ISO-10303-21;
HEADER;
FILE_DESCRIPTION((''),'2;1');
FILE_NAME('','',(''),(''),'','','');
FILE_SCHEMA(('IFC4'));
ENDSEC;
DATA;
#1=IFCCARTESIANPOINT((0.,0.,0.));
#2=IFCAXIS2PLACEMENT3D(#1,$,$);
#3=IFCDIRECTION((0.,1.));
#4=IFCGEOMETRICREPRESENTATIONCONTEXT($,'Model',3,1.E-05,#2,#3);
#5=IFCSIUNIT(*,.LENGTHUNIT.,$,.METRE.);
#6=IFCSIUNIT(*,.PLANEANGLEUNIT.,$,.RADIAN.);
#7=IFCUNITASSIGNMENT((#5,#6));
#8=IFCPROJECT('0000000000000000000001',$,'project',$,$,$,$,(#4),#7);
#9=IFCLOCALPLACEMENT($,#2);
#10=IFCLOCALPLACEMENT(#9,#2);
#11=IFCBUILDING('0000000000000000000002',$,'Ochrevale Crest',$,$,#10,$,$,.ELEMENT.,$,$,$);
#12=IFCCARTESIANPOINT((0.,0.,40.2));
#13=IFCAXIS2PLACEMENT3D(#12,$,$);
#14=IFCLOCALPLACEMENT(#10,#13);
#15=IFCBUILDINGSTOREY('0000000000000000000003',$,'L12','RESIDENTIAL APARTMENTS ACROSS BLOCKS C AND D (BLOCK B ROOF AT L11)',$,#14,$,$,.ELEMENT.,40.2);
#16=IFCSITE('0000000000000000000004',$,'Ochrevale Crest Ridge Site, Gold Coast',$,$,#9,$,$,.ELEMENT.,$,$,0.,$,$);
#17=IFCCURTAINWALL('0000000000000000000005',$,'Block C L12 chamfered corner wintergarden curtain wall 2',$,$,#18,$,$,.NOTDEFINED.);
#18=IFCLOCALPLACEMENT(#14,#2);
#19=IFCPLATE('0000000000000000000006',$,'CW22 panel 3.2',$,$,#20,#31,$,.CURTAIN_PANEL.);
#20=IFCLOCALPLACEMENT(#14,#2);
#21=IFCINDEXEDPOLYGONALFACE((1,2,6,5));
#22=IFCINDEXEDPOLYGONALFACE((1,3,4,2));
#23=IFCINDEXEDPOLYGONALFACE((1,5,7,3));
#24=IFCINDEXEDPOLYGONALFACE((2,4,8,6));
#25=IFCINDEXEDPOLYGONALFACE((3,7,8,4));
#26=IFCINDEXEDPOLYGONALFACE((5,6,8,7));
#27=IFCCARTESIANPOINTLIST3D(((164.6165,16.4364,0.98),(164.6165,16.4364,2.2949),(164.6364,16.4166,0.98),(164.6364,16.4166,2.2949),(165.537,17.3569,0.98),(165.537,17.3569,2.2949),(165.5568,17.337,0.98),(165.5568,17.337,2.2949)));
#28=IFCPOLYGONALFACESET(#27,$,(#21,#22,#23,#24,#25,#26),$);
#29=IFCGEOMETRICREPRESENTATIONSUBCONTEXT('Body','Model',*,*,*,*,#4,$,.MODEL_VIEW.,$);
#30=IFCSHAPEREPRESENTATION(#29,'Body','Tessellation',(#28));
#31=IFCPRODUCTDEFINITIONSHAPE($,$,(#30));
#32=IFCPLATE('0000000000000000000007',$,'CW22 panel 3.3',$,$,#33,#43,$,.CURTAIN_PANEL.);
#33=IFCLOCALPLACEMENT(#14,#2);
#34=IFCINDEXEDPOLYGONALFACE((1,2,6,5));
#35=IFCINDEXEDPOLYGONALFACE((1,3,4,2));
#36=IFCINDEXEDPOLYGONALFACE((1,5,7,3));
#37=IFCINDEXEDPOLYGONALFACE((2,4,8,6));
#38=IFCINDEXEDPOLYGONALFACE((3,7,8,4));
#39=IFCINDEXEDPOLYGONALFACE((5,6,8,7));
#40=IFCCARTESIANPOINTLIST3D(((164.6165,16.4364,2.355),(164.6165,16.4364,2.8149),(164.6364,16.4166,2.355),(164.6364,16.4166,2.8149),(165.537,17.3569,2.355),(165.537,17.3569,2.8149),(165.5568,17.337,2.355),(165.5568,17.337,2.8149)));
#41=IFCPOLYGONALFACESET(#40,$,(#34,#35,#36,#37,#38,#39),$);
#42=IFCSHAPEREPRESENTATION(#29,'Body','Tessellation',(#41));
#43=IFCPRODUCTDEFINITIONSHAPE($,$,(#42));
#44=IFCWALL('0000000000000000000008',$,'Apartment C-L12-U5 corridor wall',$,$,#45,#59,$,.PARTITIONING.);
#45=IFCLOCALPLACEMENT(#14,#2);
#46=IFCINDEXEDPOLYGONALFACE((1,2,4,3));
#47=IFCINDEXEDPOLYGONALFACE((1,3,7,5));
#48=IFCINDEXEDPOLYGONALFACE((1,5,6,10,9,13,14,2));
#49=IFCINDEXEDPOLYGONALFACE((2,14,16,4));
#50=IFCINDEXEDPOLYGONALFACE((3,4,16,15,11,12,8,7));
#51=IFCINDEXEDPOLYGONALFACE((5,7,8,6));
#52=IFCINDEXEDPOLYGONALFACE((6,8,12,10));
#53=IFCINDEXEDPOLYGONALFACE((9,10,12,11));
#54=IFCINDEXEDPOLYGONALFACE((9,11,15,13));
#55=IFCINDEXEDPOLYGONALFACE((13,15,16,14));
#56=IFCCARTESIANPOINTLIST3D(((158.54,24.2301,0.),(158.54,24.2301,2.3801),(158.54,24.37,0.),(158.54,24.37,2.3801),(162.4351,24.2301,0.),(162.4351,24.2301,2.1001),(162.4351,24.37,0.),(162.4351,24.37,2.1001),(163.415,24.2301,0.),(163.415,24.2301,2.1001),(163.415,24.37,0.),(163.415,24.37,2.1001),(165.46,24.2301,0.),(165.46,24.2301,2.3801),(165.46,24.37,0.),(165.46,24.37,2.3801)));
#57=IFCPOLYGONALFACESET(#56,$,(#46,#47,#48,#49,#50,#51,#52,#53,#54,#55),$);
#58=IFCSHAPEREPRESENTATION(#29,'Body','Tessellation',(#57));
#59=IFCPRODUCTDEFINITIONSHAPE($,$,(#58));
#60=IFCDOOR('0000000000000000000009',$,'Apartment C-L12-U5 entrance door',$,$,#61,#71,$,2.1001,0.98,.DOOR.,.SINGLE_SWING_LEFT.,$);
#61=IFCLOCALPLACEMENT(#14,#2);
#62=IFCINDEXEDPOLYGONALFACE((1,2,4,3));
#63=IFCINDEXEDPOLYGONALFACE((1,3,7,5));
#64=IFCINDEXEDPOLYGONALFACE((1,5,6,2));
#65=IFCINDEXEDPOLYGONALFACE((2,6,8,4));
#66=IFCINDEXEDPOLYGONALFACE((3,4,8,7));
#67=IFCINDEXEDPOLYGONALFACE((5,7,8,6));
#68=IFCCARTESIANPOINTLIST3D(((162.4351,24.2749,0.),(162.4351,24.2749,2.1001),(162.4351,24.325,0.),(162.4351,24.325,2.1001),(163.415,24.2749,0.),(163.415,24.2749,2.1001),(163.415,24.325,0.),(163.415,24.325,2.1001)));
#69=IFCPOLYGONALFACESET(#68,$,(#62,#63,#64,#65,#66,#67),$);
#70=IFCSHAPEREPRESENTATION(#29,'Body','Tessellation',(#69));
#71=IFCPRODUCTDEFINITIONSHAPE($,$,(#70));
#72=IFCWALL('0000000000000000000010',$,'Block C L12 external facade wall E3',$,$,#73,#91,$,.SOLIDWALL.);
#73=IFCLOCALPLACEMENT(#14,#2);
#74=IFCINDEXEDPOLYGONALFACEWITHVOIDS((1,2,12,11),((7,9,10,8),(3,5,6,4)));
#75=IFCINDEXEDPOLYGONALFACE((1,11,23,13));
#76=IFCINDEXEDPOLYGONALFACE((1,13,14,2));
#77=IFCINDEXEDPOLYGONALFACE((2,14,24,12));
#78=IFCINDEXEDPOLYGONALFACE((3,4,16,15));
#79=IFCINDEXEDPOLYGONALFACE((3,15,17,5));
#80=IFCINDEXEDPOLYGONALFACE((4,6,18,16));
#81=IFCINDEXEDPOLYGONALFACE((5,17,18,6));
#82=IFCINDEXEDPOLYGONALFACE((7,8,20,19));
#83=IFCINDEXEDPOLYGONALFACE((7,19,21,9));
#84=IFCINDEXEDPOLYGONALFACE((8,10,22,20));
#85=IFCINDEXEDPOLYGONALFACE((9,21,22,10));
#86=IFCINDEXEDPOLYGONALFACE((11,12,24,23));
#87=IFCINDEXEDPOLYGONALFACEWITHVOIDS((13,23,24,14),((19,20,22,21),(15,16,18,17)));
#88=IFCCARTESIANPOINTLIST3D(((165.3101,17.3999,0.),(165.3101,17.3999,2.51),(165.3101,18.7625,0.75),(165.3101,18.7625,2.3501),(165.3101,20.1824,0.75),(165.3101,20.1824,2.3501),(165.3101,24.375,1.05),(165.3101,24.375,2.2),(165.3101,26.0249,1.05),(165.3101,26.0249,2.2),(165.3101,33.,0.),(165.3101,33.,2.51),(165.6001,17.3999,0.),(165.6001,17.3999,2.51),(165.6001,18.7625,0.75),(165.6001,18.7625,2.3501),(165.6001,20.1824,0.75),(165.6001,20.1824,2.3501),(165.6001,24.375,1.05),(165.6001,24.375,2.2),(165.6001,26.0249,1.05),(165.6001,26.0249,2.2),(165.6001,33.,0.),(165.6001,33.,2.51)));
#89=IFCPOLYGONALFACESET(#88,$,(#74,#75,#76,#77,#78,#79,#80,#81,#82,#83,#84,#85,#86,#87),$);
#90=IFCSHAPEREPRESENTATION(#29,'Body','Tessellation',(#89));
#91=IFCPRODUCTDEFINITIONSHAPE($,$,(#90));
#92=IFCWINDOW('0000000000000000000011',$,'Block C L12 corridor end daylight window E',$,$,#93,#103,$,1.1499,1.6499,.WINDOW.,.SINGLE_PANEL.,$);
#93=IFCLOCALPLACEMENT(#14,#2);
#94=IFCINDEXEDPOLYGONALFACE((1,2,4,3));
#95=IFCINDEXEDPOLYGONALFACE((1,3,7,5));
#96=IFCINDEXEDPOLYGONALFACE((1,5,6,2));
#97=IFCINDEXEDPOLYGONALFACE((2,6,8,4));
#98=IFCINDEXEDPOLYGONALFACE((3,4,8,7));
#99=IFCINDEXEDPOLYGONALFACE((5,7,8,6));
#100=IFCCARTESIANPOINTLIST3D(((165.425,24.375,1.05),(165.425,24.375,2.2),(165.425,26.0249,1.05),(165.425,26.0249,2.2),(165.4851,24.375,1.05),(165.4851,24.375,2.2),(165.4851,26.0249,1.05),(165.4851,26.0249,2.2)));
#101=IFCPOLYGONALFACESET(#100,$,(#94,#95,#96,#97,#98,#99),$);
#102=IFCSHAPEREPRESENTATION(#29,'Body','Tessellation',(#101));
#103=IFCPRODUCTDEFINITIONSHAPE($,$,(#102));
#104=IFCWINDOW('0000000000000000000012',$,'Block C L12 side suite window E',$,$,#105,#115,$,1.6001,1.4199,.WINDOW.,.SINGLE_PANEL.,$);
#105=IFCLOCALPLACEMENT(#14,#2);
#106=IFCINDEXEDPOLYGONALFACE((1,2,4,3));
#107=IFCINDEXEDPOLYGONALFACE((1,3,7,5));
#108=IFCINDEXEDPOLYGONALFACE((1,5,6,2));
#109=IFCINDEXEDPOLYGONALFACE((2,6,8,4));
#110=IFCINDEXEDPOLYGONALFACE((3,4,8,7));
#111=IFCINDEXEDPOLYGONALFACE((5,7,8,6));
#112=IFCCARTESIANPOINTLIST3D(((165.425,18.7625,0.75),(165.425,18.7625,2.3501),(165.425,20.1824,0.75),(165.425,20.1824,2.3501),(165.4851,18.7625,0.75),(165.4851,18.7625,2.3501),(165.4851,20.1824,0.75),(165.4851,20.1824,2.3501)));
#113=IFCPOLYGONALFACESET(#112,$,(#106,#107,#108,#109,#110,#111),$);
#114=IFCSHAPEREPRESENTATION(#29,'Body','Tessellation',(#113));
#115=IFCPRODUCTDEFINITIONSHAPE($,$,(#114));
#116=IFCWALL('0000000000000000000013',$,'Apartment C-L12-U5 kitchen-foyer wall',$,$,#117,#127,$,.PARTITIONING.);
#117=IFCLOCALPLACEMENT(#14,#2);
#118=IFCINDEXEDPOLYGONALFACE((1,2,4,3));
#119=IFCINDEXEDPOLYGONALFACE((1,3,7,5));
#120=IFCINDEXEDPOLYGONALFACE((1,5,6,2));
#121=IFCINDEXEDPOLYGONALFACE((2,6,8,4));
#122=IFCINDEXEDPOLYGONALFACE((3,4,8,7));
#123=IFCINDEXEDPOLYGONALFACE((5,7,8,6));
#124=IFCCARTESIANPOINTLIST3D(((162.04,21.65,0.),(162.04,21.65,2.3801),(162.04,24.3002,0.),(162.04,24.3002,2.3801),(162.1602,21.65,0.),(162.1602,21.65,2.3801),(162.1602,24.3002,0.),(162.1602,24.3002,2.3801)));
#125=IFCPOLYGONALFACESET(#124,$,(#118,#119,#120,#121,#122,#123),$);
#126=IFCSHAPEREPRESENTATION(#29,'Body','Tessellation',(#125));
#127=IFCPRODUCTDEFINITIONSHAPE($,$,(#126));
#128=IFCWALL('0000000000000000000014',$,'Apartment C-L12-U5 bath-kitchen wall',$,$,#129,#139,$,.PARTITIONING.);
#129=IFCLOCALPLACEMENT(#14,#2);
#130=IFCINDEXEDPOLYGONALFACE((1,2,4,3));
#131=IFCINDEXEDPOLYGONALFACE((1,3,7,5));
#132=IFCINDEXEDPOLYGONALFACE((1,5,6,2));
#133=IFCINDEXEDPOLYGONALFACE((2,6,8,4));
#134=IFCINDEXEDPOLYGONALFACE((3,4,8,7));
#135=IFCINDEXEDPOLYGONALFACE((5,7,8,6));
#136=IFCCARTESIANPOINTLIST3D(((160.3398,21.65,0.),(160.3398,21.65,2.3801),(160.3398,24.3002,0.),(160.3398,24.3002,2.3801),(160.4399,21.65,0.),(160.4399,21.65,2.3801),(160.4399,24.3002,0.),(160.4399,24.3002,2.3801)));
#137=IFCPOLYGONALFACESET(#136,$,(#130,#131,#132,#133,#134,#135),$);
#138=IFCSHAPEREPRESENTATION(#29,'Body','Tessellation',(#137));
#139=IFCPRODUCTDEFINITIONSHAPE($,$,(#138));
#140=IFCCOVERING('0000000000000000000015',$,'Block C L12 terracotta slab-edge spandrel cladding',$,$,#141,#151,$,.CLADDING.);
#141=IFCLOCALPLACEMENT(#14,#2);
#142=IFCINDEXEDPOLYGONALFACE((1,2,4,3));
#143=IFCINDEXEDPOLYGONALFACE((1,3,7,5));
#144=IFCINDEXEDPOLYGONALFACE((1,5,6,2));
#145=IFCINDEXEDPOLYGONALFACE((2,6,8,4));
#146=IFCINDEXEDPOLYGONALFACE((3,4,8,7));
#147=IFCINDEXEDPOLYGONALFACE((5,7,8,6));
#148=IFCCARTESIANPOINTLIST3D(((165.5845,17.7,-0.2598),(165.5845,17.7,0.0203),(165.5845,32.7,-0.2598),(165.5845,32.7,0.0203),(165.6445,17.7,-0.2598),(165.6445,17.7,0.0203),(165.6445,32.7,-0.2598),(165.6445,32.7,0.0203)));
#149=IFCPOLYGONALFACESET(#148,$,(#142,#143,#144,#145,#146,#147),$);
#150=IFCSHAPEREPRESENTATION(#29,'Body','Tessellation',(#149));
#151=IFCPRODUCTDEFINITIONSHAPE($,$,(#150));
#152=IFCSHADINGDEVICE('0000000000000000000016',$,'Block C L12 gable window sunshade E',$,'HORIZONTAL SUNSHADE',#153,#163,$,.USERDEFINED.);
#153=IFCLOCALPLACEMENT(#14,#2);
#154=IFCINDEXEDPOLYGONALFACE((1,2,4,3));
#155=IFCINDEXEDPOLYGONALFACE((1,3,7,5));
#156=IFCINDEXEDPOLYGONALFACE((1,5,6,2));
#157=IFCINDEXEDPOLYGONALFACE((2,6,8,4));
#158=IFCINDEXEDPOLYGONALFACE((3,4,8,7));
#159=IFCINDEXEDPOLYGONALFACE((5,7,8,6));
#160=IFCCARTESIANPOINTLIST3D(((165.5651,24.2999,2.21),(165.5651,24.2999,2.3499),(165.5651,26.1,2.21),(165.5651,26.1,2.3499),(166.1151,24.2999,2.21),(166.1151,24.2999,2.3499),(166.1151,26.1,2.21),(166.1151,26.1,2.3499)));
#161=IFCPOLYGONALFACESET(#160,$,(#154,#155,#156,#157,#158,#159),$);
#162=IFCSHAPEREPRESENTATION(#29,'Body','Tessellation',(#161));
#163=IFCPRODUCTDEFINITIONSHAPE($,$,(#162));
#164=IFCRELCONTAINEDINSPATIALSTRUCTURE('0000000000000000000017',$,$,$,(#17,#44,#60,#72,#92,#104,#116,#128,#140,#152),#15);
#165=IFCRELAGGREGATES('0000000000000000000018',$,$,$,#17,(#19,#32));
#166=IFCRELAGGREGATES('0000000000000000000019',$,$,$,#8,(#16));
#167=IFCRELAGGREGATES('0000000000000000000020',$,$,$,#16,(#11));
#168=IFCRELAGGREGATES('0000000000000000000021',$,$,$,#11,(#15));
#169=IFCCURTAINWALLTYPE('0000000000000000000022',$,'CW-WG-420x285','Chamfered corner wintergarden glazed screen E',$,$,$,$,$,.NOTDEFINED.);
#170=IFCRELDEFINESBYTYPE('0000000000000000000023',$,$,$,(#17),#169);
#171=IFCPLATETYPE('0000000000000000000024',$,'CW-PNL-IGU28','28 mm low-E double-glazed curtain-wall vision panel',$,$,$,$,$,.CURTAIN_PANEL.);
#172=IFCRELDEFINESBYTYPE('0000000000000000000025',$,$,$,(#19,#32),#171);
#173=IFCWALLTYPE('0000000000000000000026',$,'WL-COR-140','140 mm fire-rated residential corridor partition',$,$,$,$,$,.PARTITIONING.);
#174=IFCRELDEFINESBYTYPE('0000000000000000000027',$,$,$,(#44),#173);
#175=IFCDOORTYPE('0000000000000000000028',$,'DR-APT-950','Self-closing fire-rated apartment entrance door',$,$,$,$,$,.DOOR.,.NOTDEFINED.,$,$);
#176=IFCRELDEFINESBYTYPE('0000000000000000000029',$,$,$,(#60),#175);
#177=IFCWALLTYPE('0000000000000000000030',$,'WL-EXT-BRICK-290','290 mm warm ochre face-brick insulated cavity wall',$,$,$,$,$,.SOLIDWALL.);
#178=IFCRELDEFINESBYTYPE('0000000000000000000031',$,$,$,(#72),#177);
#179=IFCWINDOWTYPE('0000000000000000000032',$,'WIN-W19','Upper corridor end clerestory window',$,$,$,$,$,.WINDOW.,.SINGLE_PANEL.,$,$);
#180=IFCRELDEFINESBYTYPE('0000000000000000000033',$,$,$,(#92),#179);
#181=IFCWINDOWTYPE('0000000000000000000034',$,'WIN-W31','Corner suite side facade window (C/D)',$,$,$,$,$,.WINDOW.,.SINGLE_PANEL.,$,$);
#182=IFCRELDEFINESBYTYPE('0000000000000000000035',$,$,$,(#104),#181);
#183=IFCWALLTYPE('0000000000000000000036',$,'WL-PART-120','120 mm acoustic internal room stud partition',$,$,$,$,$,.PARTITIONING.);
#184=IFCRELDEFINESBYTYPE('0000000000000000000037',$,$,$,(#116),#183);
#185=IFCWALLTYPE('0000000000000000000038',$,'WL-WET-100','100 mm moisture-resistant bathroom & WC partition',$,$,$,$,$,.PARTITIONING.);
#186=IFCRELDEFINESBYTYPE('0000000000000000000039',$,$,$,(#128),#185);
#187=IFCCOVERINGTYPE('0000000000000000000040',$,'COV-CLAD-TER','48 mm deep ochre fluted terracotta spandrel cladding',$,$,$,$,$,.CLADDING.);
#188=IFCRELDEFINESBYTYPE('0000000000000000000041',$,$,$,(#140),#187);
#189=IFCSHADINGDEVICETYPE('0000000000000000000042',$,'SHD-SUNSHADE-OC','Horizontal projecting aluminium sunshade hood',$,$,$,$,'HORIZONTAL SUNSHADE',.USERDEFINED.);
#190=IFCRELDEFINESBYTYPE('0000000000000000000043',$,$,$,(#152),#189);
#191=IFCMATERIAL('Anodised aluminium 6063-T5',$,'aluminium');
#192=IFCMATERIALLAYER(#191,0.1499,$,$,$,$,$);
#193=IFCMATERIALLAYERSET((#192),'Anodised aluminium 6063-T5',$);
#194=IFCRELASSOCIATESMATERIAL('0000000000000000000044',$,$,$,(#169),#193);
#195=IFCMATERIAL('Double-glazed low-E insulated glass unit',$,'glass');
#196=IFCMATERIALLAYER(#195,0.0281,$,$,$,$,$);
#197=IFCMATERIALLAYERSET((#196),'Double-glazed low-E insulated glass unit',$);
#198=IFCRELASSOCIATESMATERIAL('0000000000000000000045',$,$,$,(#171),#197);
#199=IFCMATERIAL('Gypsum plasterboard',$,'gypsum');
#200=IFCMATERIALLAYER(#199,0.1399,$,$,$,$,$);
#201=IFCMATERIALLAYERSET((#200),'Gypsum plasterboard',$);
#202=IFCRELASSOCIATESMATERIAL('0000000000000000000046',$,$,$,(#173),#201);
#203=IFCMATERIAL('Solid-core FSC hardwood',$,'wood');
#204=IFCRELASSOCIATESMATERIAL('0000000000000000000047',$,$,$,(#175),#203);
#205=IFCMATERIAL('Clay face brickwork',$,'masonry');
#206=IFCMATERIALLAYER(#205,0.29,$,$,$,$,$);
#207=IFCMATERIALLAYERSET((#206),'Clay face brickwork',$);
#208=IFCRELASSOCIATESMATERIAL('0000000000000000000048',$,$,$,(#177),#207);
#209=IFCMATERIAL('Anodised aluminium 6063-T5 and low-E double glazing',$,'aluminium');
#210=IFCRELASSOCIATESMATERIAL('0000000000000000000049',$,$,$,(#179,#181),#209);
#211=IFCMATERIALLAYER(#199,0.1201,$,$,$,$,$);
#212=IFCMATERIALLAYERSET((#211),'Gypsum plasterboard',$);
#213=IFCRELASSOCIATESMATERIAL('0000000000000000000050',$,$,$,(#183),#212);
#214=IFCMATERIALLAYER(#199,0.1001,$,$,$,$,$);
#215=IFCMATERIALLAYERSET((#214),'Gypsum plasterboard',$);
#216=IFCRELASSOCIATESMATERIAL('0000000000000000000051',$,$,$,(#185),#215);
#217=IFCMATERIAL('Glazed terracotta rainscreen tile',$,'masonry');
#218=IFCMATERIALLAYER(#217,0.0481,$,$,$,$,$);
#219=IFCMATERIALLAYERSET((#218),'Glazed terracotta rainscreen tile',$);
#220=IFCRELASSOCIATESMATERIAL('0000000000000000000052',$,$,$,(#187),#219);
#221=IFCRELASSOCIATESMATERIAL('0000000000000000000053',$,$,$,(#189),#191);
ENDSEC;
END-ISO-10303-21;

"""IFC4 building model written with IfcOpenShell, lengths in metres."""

from ifc_helpers import new_model, si_unit, direction, frame, frame_2d, origin, origin_2d, place, context, subcontext, project, spatial, rectangle, extrude, material, layer, layer_set, type_object, element, fill, aggregate, save


model = new_model("IFC4")

# Units and contexts
model_context = context("Model", 3, precision=1e-05, world=origin(), true_north=direction((0.0, 1.0)))
body_context = subcontext(model_context, "Body", "Model", "MODEL_VIEW")
ifc_project = project(units=[si_unit("LENGTHUNIT", "METRE"), si_unit("PLANEANGLEUNIT", "RADIAN")], contexts=[model_context])

# Site, building, storey
site_placement = place(None, origin())
site = spatial("IfcSite", under=ifc_project, at=site_placement, Name="Ochrevale Crest Ridge Site, Gold Coast", CompositionType="ELEMENT", RefElevation=0.0)
building_placement = place(site_placement, origin())
building = spatial("IfcBuilding", under=site, at=building_placement, Name="Ochrevale Crest", CompositionType="ELEMENT")
storey_placement = place(building_placement, frame((0.0, 0.0, 40.2)))
storey = spatial("IfcBuildingStorey", under=building, at=storey_placement, Name="L12", Description="RESIDENTIAL APARTMENTS ACROSS BLOCKS C AND D (BLOCK B ROOF AT L11)", CompositionType="ELEMENT", Elevation=40.2)

# Curtain wall, plates
ifc_material_1 = material(Name="Anodised aluminium 6063-T5", Category="aluminium")
ifc_layer_1 = layer(ifc_material_1, 0.1499)
ifc_layer_set_1 = layer_set([ifc_layer_1], Name="Anodised aluminium 6063-T5")
curtain_wall_type = type_object("IfcCurtainWallType", Name="CW-WG-420x285", Description="Chamfered corner wintergarden glazed screen E", PredefinedType="NOTDEFINED", material=ifc_layer_set_1)
curtain_wall_placement = place(storey_placement, origin())
curtain_wall = element("IfcCurtainWall", 1, at=curtain_wall_placement, inside=storey, type_object=curtain_wall_type, Name="Block C L12 chamfered corner wintergarden curtain wall 2", PredefinedType="NOTDEFINED")
ifc_material_2 = material(Name="Double-glazed low-E insulated glass unit", Category="glass")
ifc_layer_2 = layer(ifc_material_2, 0.0281)
ifc_layer_set_2 = layer_set([ifc_layer_2], Name="Double-glazed low-E insulated glass unit")
plate_type = type_object("IfcPlateType", Name="CW-PNL-IGU28", Description="28 mm low-E double-glazed curtain-wall vision panel", PredefinedType="CURTAIN_PANEL", material=ifc_layer_set_2)
plate_1_placement = place(storey_placement, frame((165.0867, 16.8867, 0.98), z_axis=(0.0, 0.0, 1.0), x_axis=(0.707107, 0.707107, 0.0)))
plate_1 = element("IfcPlate", 2, at=plate_1_placement, type_object=plate_type, Name="CW22 panel 3.2", PredefinedType="CURTAIN_PANEL", context=body_context, shape_type="SweptSolid", body=[
    extrude(rectangle(XDim=1.3018, YDim=0.0281, at=origin_2d()), origin(), (0.0, 0.0, 1.0), 1.3149),
])
plate_2_placement = place(storey_placement, frame((165.0867, 16.8867, 2.355), z_axis=(0.0, 0.0, 1.0), x_axis=(0.707107, 0.707107, 0.0)))
plate_2 = element("IfcPlate", 3, at=plate_2_placement, type_object=plate_type, Name="CW22 panel 3.3", PredefinedType="CURTAIN_PANEL", context=body_context, shape_type="SweptSolid", body=[
    extrude(rectangle(XDim=1.3018, YDim=0.0281, at=origin_2d()), origin(), (0.0, 0.0, 1.0), 0.46),
])
aggregate(curtain_wall, [plate_1, plate_2])

# Wall, opening, door
ifc_material_3 = material(Name="Gypsum plasterboard", Category="gypsum")
ifc_layer_3 = layer(ifc_material_3, 0.1399)
ifc_layer_set_3 = layer_set([ifc_layer_3], Name="Gypsum plasterboard")
wall_type_1 = type_object("IfcWallType", Name="WL-COR-140", Description="140 mm fire-rated residential corridor partition", PredefinedType="PARTITIONING", material=ifc_layer_set_3)
wall_1_placement = place(storey_placement, frame((158.54, 24.3, 0.0), z_axis=(0.0, 0.0, 1.0), x_axis=(1.0, 0.0, 0.0)))
wall_1 = element("IfcWall", 4, at=wall_1_placement, inside=storey, type_object=wall_type_1, Name="Apartment C-L12-U5 corridor wall", PredefinedType="PARTITIONING", context=body_context, shape_type="SweptSolid", body=[
    extrude(rectangle(XDim=6.9199, YDim=0.1399, at=frame_2d((3.46, 0.0))), origin(), (0.0, 0.0, 1.0), 2.3801),
])
opening_1_placement = place(wall_1_placement, frame((3.895, 0.0, 0.0)))
opening_1 = element("IfcOpeningElement", 5, at=opening_1_placement, cuts=wall_1, PredefinedType="OPENING", context=body_context, shape_type="SweptSolid", body=[
    extrude(rectangle(XDim=0.98, YDim=2.1001, at=frame_2d((0.49, 1.05))), frame((0.0, 0.0801, 0.0), z_axis=(0.0, -1.0, 0.0), x_axis=(1.0, 0.0, 0.0)), (0.0, 0.0, 1.0), 0.1599),
])
ifc_material_4 = material(Name="Solid-core FSC hardwood", Category="wood")
door_type = type_object("IfcDoorType", Name="DR-APT-950", Description="Self-closing fire-rated apartment entrance door", OperationType="NOTDEFINED", PredefinedType="DOOR", material=ifc_material_4)
door_placement = place(opening_1_placement, origin())
door = element("IfcDoor", 6, at=door_placement, inside=storey, type_object=door_type, Name="Apartment C-L12-U5 entrance door", OperationType="SINGLE_SWING_LEFT", OverallHeight=2.1001, OverallWidth=0.98, PredefinedType="DOOR", context=body_context, shape_type="SweptSolid", body=[
    extrude(rectangle(XDim=0.98, YDim=2.1001, at=frame_2d((0.49, 1.05))), frame((0.0, 0.0249, 0.0), z_axis=(0.0, -1.0, 0.0), x_axis=(1.0, 0.0, 0.0)), (0.0, 0.0, 1.0), 0.05),
])
fill(opening_1, door)

# Wall, openings, windows
ifc_material_5 = material(Name="Clay face brickwork", Category="masonry")
ifc_layer_4 = layer(ifc_material_5, 0.29)
ifc_layer_set_4 = layer_set([ifc_layer_4], Name="Clay face brickwork")
wall_type_2 = type_object("IfcWallType", Name="WL-EXT-BRICK-290", Description="290 mm warm ochre face-brick insulated cavity wall", PredefinedType="SOLIDWALL", material=ifc_layer_set_4)
wall_2_placement = place(storey_placement, frame((165.4551, 17.3999, 0.0), z_axis=(0.0, 0.0, 1.0), x_axis=(0.0, 1.0, 0.0)))
wall_2 = element("IfcWall", 7, at=wall_2_placement, inside=storey, type_object=wall_type_2, Name="Block C L12 external facade wall E3", PredefinedType="SOLIDWALL", context=body_context, shape_type="SweptSolid", body=[
    extrude(rectangle(XDim=15.6001, YDim=0.29, at=frame_2d((7.8, 0.0))), origin(), (0.0, 0.0, 1.0), 2.51),
])
opening_2_placement = place(wall_2_placement, frame((6.9751, 0.0, 1.05)))
opening_2 = element("IfcOpeningElement", 8, at=opening_2_placement, cuts=wall_2, PredefinedType="OPENING", context=body_context, shape_type="SweptSolid", body=[
    extrude(rectangle(XDim=1.6499, YDim=1.1499, at=frame_2d((0.825, 0.575))), frame((0.0, 0.155, 0.0), z_axis=(0.0, -1.0, 0.0), x_axis=(1.0, 0.0, 0.0)), (0.0, 0.0, 1.0), 0.3101),
])
opening_3_placement = place(wall_2_placement, frame((1.3625, 0.0, 0.75)))
opening_3 = element("IfcOpeningElement", 9, at=opening_3_placement, cuts=wall_2, PredefinedType="OPENING", context=body_context, shape_type="SweptSolid", body=[
    extrude(rectangle(XDim=1.4199, YDim=1.6001, at=frame_2d((0.71, 0.8))), frame((0.0, 0.155, 0.0), z_axis=(0.0, -1.0, 0.0), x_axis=(1.0, 0.0, 0.0)), (0.0, 0.0, 1.0), 0.3101),
])
ifc_material_6 = material(Name="Anodised aluminium 6063-T5 and low-E double glazing", Category="aluminium")
window_type_1 = type_object("IfcWindowType", Name="WIN-W19", Description="Upper corridor end clerestory window", PartitioningType="SINGLE_PANEL", PredefinedType="WINDOW", material=ifc_material_6)
window_1_placement = place(opening_2_placement, origin())
window_1 = element("IfcWindow", 10, at=window_1_placement, inside=storey, type_object=window_type_1, Name="Block C L12 corridor end daylight window E", OverallHeight=1.1499, OverallWidth=1.6499, PartitioningType="SINGLE_PANEL", PredefinedType="WINDOW", context=body_context, shape_type="SweptSolid", body=[
    extrude(rectangle(XDim=1.6499, YDim=1.1499, at=frame_2d((0.825, 0.575))), frame((0.0, 0.03, 0.0), z_axis=(0.0, -1.0, 0.0), x_axis=(1.0, 0.0, 0.0)), (0.0, 0.0, 1.0), 0.0601),
])
fill(opening_2, window_1)
window_type_2 = type_object("IfcWindowType", Name="WIN-W31", Description="Corner suite side facade window (C/D)", PartitioningType="SINGLE_PANEL", PredefinedType="WINDOW", material=ifc_material_6)
window_2_placement = place(opening_3_placement, origin())
window_2 = element("IfcWindow", 11, at=window_2_placement, inside=storey, type_object=window_type_2, Name="Block C L12 side suite window E", OverallHeight=1.6001, OverallWidth=1.4199, PartitioningType="SINGLE_PANEL", PredefinedType="WINDOW", context=body_context, shape_type="SweptSolid", body=[
    extrude(rectangle(XDim=1.4199, YDim=1.6001, at=frame_2d((0.71, 0.8))), frame((0.0, 0.03, 0.0), z_axis=(0.0, -1.0, 0.0), x_axis=(1.0, 0.0, 0.0)), (0.0, 0.0, 1.0), 0.0601),
])
fill(opening_3, window_2)

# Walls
ifc_layer_5 = layer(ifc_material_3, 0.1201)
ifc_layer_set_5 = layer_set([ifc_layer_5], Name="Gypsum plasterboard")
wall_type_3 = type_object("IfcWallType", Name="WL-PART-120", Description="120 mm acoustic internal room stud partition", PredefinedType="PARTITIONING", material=ifc_layer_set_5)
wall_3_placement = place(storey_placement, frame((162.1001, 21.6499, 0.0), z_axis=(0.0, 0.0, 1.0), x_axis=(0.0, 1.0, 0.0)))
element("IfcWall", 12, at=wall_3_placement, inside=storey, type_object=wall_type_3, Name="Apartment C-L12-U5 kitchen-foyer wall", PredefinedType="PARTITIONING", context=body_context, shape_type="SweptSolid", body=[
    extrude(rectangle(XDim=2.6501, YDim=0.1201, at=frame_2d((1.3252, 0.0))), origin(), (0.0, 0.0, 1.0), 2.3801),
])
ifc_layer_6 = layer(ifc_material_3, 0.1001)
ifc_layer_set_6 = layer_set([ifc_layer_6], Name="Gypsum plasterboard")
wall_type_4 = type_object("IfcWallType", Name="WL-WET-100", Description="100 mm moisture-resistant bathroom & WC partition", PredefinedType="PARTITIONING", material=ifc_layer_set_6)
wall_4_placement = place(storey_placement, frame((160.3899, 21.6499, 0.0), z_axis=(0.0, 0.0, 1.0), x_axis=(0.0, 1.0, 0.0)))
element("IfcWall", 13, at=wall_4_placement, inside=storey, type_object=wall_type_4, Name="Apartment C-L12-U5 bath-kitchen wall", PredefinedType="PARTITIONING", context=body_context, shape_type="SweptSolid", body=[
    extrude(rectangle(XDim=2.6501, YDim=0.1001, at=frame_2d((1.3252, 0.0))), origin(), (0.0, 0.0, 1.0), 2.3801),
])

# Covering
ifc_material_7 = material(Name="Glazed terracotta rainscreen tile", Category="masonry")
ifc_layer_7 = layer(ifc_material_7, 0.0481)
ifc_layer_set_7 = layer_set([ifc_layer_7], Name="Glazed terracotta rainscreen tile")
covering_type = type_object("IfcCoveringType", Name="COV-CLAD-TER", Description="48 mm deep ochre fluted terracotta spandrel cladding", PredefinedType="CLADDING", material=ifc_layer_set_7)
covering_placement = place(storey_placement, frame((165.6145, 25.2, -0.2598), z_axis=(0.0, 0.0, 1.0), x_axis=(0.0, 1.0, 0.0)))
element("IfcCovering", 14, at=covering_placement, inside=storey, type_object=covering_type, Name="Block C L12 terracotta slab-edge spandrel cladding", PredefinedType="CLADDING", context=body_context, shape_type="SweptSolid", body=[
    extrude(rectangle(XDim=15.0, YDim=0.0601, at=origin_2d()), origin(), (0.0, 0.0, 1.0), 0.28),
])

# Shading device
shading_device_type = type_object("IfcShadingDeviceType", Name="SHD-SUNSHADE-OC", Description="Horizontal projecting aluminium sunshade hood", ElementType="HORIZONTAL SUNSHADE", PredefinedType="USERDEFINED", material=ifc_material_1)
shading_device_placement = place(storey_placement, frame((165.8401, 25.2, 2.21), z_axis=(0.0, 0.0, 1.0), x_axis=(1.0, 0.0, 0.0)))
element("IfcShadingDevice", 15, at=shading_device_placement, inside=storey, type_object=shading_device_type, Name="Block C L12 gable window sunshade E", ObjectType="HORIZONTAL SUNSHADE", PredefinedType="USERDEFINED", context=body_context, shape_type="SweptSolid", body=[
    extrude(rectangle(XDim=0.55, YDim=1.8, at=origin_2d()), origin(), (0.0, 0.0, 1.0), 0.1399),
])

save(model, "model.ifc")
